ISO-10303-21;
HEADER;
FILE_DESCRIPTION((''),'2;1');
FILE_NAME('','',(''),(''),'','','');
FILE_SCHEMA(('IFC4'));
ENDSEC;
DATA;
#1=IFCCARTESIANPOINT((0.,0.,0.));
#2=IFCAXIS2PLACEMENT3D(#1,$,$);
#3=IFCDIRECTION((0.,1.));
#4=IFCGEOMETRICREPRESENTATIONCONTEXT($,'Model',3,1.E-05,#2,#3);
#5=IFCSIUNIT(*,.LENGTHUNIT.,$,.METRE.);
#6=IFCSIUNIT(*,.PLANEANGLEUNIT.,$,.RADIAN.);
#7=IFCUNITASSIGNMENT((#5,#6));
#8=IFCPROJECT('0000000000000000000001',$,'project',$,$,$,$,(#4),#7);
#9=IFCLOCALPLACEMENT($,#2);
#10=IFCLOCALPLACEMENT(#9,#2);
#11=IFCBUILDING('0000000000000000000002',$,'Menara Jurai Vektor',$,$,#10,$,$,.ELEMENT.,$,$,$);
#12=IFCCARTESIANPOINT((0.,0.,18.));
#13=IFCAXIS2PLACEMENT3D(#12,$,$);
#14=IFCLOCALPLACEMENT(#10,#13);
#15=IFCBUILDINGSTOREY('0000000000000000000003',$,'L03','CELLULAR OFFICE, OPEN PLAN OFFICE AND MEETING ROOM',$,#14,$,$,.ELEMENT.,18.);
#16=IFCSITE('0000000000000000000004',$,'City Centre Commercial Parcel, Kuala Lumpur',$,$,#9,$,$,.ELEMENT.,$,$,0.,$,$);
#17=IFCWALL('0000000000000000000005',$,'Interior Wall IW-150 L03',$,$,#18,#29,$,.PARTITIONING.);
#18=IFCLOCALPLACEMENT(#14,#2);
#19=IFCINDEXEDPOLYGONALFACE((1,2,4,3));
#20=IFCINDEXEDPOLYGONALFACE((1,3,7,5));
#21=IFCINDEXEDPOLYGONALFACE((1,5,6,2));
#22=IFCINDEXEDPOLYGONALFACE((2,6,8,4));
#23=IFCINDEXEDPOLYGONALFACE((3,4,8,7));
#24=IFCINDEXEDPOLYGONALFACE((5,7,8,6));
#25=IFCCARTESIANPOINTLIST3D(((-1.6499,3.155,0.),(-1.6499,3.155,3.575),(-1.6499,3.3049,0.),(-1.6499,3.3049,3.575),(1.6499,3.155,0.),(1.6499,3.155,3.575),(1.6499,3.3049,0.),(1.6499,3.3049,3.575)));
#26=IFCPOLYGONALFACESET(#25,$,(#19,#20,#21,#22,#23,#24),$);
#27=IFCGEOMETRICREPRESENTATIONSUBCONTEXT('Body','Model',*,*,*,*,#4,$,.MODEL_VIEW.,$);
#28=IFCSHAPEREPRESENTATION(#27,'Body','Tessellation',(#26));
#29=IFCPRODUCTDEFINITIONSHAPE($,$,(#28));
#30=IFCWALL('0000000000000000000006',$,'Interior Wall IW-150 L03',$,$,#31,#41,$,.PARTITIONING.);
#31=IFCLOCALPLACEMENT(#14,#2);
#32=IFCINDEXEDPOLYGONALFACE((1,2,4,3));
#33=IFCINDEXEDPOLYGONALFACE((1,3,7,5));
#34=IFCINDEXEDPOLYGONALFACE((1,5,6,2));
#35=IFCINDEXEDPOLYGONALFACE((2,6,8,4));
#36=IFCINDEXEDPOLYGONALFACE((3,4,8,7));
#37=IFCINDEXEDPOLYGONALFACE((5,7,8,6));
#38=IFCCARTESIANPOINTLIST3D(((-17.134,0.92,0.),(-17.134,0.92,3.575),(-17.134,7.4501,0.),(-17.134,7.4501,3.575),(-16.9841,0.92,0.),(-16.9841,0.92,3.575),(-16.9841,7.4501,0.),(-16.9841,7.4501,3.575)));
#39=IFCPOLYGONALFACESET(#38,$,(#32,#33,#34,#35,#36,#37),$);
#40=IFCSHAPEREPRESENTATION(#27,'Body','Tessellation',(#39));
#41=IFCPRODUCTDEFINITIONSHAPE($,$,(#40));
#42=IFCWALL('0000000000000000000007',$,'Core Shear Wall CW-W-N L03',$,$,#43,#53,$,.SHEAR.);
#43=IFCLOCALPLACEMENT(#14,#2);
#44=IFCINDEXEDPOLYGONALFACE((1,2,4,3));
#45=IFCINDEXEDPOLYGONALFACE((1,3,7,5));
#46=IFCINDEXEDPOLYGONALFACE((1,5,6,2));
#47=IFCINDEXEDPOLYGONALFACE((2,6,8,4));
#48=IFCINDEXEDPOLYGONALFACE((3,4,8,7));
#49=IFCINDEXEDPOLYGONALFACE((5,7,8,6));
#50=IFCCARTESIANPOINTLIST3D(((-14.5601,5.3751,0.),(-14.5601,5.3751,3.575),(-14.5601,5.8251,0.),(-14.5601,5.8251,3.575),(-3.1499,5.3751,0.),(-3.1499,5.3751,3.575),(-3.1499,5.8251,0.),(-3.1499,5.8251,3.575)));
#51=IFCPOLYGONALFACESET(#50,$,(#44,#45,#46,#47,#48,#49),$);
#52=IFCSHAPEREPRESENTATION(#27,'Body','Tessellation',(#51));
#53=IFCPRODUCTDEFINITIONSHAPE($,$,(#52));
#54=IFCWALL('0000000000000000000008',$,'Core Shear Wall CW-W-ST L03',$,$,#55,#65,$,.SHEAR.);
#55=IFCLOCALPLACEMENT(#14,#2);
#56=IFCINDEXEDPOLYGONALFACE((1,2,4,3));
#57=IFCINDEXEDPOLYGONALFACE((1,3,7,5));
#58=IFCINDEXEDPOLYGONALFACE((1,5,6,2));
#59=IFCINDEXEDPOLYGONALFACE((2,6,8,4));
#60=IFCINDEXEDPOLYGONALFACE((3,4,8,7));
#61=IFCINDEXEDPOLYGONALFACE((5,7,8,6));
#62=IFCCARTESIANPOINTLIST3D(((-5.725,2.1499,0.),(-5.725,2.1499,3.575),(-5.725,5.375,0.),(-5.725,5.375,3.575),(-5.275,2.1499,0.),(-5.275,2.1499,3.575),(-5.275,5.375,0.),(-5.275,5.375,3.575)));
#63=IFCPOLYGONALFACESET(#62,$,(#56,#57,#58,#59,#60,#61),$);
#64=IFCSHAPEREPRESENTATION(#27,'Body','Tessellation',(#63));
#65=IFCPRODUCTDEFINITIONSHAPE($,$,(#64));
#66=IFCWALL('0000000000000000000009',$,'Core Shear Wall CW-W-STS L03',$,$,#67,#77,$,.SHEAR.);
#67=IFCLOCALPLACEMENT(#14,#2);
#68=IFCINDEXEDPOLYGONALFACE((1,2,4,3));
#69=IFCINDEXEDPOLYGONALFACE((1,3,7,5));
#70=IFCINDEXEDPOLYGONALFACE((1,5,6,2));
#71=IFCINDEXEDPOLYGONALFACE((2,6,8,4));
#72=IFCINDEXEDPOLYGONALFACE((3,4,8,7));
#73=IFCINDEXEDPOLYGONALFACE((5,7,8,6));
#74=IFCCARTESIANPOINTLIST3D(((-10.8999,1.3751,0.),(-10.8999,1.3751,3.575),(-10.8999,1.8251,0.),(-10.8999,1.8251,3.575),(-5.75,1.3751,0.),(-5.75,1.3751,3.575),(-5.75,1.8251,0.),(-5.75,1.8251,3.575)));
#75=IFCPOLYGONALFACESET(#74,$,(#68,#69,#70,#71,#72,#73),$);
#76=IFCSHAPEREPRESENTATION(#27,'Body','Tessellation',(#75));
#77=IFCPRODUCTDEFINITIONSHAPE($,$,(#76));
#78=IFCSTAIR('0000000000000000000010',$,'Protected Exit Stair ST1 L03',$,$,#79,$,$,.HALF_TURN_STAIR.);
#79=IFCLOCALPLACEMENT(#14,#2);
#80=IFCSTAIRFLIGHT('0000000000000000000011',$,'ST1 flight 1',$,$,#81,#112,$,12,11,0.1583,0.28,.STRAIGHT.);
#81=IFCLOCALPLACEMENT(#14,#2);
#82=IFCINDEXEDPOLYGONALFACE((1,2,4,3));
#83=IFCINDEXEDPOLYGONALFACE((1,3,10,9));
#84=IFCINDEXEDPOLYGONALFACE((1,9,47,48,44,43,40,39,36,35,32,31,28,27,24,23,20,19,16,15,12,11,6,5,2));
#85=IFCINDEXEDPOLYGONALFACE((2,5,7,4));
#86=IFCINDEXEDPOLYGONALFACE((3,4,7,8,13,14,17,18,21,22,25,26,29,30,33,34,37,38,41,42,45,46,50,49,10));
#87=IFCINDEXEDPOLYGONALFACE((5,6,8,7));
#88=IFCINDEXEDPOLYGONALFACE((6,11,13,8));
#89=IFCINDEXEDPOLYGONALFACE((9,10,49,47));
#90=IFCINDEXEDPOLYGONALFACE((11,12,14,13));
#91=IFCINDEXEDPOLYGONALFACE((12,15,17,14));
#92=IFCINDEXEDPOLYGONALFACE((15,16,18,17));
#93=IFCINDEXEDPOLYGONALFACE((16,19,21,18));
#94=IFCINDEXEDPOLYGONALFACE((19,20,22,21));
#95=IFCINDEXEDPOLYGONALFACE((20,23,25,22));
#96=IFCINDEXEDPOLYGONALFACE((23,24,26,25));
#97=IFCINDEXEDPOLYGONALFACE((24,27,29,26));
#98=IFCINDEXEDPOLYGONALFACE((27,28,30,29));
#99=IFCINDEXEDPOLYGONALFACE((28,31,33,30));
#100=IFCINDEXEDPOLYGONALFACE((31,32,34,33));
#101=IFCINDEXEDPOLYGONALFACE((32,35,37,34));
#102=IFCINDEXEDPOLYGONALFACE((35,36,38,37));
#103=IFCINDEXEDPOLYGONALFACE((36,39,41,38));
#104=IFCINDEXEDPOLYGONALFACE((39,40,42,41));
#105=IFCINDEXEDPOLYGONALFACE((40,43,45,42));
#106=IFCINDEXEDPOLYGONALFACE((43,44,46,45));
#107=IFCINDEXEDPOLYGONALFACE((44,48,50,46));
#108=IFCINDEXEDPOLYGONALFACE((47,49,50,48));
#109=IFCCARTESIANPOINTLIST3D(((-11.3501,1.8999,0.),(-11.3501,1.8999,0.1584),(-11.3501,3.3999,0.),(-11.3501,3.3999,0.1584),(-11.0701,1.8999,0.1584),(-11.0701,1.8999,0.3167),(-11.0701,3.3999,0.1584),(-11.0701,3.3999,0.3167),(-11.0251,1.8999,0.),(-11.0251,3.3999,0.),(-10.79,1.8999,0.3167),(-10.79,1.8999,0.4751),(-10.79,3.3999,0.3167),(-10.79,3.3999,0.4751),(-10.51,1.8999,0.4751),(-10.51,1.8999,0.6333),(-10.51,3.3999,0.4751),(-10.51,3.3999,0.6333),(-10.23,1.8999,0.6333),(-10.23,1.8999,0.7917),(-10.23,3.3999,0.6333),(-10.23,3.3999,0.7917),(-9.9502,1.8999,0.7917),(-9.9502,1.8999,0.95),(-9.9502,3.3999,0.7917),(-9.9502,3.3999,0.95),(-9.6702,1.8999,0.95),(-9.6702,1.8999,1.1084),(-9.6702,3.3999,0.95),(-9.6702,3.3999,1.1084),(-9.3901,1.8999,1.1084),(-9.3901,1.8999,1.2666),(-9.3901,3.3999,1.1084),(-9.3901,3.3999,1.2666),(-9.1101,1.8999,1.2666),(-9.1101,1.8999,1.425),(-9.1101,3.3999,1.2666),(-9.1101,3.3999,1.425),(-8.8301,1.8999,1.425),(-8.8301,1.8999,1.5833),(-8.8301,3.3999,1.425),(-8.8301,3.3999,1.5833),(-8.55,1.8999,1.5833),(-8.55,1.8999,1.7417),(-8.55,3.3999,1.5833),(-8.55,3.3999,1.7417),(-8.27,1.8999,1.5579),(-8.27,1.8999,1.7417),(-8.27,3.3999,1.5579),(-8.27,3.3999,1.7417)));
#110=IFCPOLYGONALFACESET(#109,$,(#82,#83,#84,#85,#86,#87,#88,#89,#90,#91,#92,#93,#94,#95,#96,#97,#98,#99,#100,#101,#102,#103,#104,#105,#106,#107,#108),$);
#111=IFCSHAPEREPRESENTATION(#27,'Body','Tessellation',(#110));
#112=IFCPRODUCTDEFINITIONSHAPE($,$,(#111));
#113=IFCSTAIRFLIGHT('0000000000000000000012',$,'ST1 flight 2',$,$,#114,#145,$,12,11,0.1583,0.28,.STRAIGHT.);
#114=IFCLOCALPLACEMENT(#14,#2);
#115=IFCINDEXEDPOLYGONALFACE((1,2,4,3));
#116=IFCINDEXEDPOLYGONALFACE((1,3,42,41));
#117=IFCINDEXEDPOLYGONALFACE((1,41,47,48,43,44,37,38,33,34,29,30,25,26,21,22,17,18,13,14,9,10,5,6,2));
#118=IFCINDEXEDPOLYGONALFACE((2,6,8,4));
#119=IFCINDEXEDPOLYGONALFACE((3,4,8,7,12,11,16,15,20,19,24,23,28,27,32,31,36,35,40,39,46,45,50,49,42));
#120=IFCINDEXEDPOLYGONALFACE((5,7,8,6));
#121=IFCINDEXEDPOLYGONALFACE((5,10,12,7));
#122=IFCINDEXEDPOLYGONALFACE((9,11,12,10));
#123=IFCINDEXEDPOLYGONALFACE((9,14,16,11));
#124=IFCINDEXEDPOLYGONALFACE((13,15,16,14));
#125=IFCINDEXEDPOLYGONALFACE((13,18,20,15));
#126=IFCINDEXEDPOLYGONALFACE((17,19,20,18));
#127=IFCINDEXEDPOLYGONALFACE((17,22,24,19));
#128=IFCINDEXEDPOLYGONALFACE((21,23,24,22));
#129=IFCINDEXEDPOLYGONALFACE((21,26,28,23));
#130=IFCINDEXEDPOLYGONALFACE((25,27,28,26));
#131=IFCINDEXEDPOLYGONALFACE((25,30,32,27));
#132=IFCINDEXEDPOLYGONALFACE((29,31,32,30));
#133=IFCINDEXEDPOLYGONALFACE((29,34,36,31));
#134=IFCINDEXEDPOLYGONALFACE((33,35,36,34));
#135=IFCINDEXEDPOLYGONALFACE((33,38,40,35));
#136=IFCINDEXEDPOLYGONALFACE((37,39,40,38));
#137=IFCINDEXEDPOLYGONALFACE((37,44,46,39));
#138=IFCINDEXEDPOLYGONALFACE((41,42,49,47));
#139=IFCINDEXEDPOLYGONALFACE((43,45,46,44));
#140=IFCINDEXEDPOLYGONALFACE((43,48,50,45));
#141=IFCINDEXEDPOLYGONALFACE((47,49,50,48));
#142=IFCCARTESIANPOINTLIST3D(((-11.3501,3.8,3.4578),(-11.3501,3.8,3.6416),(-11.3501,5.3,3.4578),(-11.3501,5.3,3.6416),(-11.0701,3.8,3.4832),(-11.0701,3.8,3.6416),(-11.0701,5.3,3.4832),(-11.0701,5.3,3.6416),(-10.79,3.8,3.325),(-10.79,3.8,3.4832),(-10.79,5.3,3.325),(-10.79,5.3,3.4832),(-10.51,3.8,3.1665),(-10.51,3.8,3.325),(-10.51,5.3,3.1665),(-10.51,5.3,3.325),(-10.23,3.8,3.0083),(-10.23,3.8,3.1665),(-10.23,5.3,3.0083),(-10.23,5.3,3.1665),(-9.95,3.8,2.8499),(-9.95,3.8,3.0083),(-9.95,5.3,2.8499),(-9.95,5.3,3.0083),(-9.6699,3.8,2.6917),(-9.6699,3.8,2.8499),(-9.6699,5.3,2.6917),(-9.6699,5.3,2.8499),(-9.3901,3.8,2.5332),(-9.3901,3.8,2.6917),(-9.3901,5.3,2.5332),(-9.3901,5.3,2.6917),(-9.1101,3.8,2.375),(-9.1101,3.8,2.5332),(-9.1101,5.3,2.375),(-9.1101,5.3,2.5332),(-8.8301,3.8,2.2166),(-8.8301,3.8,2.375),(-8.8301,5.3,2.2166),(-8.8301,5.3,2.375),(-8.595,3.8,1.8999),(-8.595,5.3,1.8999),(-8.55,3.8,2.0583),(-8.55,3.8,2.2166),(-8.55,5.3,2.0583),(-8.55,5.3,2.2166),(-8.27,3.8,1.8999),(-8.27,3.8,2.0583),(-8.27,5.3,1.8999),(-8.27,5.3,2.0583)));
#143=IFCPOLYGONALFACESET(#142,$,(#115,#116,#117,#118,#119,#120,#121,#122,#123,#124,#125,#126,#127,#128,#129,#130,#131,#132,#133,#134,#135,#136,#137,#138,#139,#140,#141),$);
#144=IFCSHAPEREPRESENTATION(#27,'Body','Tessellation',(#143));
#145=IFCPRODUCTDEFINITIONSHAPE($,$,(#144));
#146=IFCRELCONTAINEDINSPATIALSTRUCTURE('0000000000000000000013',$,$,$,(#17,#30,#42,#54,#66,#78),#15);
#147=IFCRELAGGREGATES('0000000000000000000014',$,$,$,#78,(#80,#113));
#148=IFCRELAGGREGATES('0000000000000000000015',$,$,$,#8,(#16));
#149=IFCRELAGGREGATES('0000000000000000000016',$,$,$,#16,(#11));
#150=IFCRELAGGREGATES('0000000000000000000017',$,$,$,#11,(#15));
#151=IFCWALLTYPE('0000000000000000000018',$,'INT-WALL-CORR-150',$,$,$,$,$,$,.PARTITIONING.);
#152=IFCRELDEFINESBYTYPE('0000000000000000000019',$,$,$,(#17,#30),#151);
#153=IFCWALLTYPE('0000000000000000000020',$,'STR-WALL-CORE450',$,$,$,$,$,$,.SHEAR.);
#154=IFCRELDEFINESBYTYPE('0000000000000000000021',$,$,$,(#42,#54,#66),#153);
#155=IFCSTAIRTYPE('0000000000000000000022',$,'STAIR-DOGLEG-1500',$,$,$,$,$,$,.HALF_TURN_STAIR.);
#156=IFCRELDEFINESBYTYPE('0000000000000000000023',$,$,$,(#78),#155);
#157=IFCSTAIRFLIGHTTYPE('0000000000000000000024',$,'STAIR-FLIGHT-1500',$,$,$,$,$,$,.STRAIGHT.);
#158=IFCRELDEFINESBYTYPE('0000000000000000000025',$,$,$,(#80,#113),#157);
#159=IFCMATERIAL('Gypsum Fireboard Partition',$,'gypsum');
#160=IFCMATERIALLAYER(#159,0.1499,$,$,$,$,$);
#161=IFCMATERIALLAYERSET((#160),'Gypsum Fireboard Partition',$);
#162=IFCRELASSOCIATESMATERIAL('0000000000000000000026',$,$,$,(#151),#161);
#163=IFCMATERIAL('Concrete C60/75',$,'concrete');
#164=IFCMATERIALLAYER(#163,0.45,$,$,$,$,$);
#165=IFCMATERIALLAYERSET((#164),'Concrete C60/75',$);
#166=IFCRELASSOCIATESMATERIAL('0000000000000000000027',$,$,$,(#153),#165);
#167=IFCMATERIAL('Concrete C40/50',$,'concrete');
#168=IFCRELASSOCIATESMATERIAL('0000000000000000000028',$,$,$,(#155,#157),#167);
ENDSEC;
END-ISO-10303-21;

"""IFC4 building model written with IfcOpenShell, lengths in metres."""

from ifc_helpers import new_model, si_unit, direction, frame, frame_2d, origin, place, context, subcontext, project, spatial, polyline, rectangle, outline, extrude, material, layer, layer_set, type_object, element, aggregate, save


model = new_model("IFC4")

# Units and contexts
model_context = context("Model", 3, precision=1e-05, world=origin(), true_north=direction((0.0, 1.0)))
body_context = subcontext(model_context, "Body", "Model", "MODEL_VIEW")
ifc_project = project(units=[si_unit("LENGTHUNIT", "METRE"), si_unit("PLANEANGLEUNIT", "RADIAN")], contexts=[model_context])

# Site, building, storey
site_placement = place(None, origin())
site = spatial("IfcSite", under=ifc_project, at=site_placement, Name="City Centre Commercial Parcel, Kuala Lumpur", CompositionType="ELEMENT", RefElevation=0.0)
building_placement = place(site_placement, origin())
building = spatial("IfcBuilding", under=site, at=building_placement, Name="Menara Jurai Vektor", CompositionType="ELEMENT")
storey_placement = place(building_placement, frame((0.0, 0.0, 18.0)))
storey = spatial("IfcBuildingStorey", under=building, at=storey_placement, Name="L03", Description="CELLULAR OFFICE, OPEN PLAN OFFICE AND MEETING ROOM", CompositionType="ELEMENT", Elevation=18.0)

# Shared definitions
ifc_material_1 = material(Name="Concrete C60/75", Category="concrete")

# Shared definitions
ifc_material_2 = material(Name="Concrete C40/50", Category="concrete")

# Wall
ifc_material_3 = material(Name="Gypsum Fireboard Partition", Category="gypsum")
ifc_layer_1 = layer(ifc_material_3, 0.1499)
ifc_layer_set_1 = layer_set([ifc_layer_1], Name="Gypsum Fireboard Partition")
wall_type_1 = type_object("IfcWallType", Name="INT-WALL-CORR-150", PredefinedType="PARTITIONING", material=ifc_layer_set_1)
wall_1_placement = place(storey_placement, frame((-1.6499, 3.23, 0.0), z_axis=(0.0, 0.0, 1.0), x_axis=(1.0, 0.0, 0.0)))
element("IfcWall", 1, at=wall_1_placement, inside=storey, type_object=wall_type_1, Name="Interior Wall IW-150 L03", PredefinedType="PARTITIONING", context=body_context, shape_type="SweptSolid", body=[
    extrude(rectangle(XDim=3.2998, YDim=0.1499, at=frame_2d((1.6499, 0.0))), origin(), (0.0, 0.0, 1.0), 3.575),
])

# Walls
wall_2_placement = place(storey_placement, frame((-17.0591, 0.9199, 0.0), z_axis=(0.0, 0.0, 1.0), x_axis=(0.0, 1.0, 0.0)))
element("IfcWall", 2, at=wall_2_placement, inside=storey, type_object=wall_type_1, Name="Interior Wall IW-150 L03", PredefinedType="PARTITIONING", context=body_context, shape_type="SweptSolid", body=[
    extrude(rectangle(XDim=6.53, YDim=0.1499, at=frame_2d((3.2651, 0.0))), origin(), (0.0, 0.0, 1.0), 3.575),
])
ifc_layer_2 = layer(ifc_material_1, 0.45)
ifc_layer_set_2 = layer_set([ifc_layer_2], Name="Concrete C60/75")
wall_type_2 = type_object("IfcWallType", Name="STR-WALL-CORE450", PredefinedType="SHEAR", material=ifc_layer_set_2)
wall_3_placement = place(storey_placement, frame((-14.5601, 5.6001, 0.0), z_axis=(0.0, 0.0, 1.0), x_axis=(1.0, 0.0, 0.0)))
element("IfcWall", 3, at=wall_3_placement, inside=storey, type_object=wall_type_2, Name="Core Shear Wall CW-W-N L03", PredefinedType="SHEAR", context=body_context, shape_type="SweptSolid", body=[
    extrude(rectangle(XDim=11.4102, YDim=0.45, at=frame_2d((5.7051, 0.0))), origin(), (0.0, 0.0, 1.0), 3.575),
])
wall_4_placement = place(storey_placement, frame((-5.5, 2.1499, 0.0), z_axis=(0.0, 0.0, 1.0), x_axis=(0.0, 1.0, 0.0)))
element("IfcWall", 4, at=wall_4_placement, inside=storey, type_object=wall_type_2, Name="Core Shear Wall CW-W-ST L03", PredefinedType="SHEAR", context=body_context, shape_type="SweptSolid", body=[
    extrude(rectangle(XDim=3.2251, YDim=0.45, at=frame_2d((1.6125, 0.0))), origin(), (0.0, 0.0, 1.0), 3.575),
])
wall_5_placement = place(storey_placement, frame((-10.8999, 1.6001, 0.0), z_axis=(0.0, 0.0, 1.0), x_axis=(1.0, 0.0, 0.0)))
element("IfcWall", 5, at=wall_5_placement, inside=storey, type_object=wall_type_2, Name="Core Shear Wall CW-W-STS L03", PredefinedType="SHEAR", context=body_context, shape_type="SweptSolid", body=[
    extrude(rectangle(XDim=5.1499, YDim=0.45, at=frame_2d((2.575, 0.0))), origin(), (0.0, 0.0, 1.0), 3.575),
])

# Stair, stair flights
stair_type = type_object("IfcStairType", Name="STAIR-DOGLEG-1500", PredefinedType="HALF_TURN_STAIR", material=ifc_material_2)
stair_placement = place(storey_placement, origin())
stair = element("IfcStair", 6, at=stair_placement, inside=storey, type_object=stair_type, Name="Protected Exit Stair ST1 L03", PredefinedType="HALF_TURN_STAIR")
stair_flight_type = type_object("IfcStairFlightType", Name="STAIR-FLIGHT-1500", PredefinedType="STRAIGHT", material=ifc_material_2)
stair_flight_1_placement = place(storey_placement, frame((-11.3501, 2.6499, 0.0), z_axis=(0.0, 0.0, 1.0), x_axis=(1.0, 0.0, 0.0)))
stair_flight_1 = element("IfcStairFlight", 7, at=stair_flight_1_placement, type_object=stair_flight_type, Name="ST1 flight 1", NumberOfRisers=12, NumberOfTreads=11, PredefinedType="STRAIGHT", RiserHeight=0.1583, TreadLength=0.28, context=body_context, shape_type="SweptSolid", body=[
    extrude(outline(polyline([(0.0, 0.0), (0.0, 0.1584), (0.28, 0.1584), (0.28, 0.3167), (0.5601, 0.3167), (0.5601, 0.4751), (0.8401, 0.4751), (0.8401, 0.6333), (1.1201, 0.6333), (1.1201, 0.7917), (1.3999, 0.7917), (1.3999, 0.95), (1.6799, 0.95), (1.6799, 1.1084), (1.96, 1.1084), (1.96, 1.2666), (2.24, 1.2666), (2.24, 1.425), (2.52, 1.425), (2.52, 1.5833), (2.8, 1.5833), (2.8, 1.7417), (3.0801, 1.7417), (3.0801, 1.8999), (3.0801, 1.5579), (0.325, 0.0), (0.0, 0.0)])), frame((0.0, 0.75, 0.0), z_axis=(0.0, -1.0, 0.0), x_axis=(1.0, 0.0, 0.0)), (0.0, 0.0, 1.0), 1.5),
])
stair_flight_2_placement = place(storey_placement, frame((-8.27, 4.55, 1.8999), z_axis=(0.0, 0.0, 1.0), x_axis=(-1.0, 0.0, 0.0)))
stair_flight_2 = element("IfcStairFlight", 8, at=stair_flight_2_placement, type_object=stair_flight_type, Name="ST1 flight 2", NumberOfRisers=12, NumberOfTreads=11, PredefinedType="STRAIGHT", RiserHeight=0.1583, TreadLength=0.28, context=body_context, shape_type="SweptSolid", body=[
    extrude(outline(polyline([(0.0, 0.0), (0.0, 0.1584), (0.28, 0.1584), (0.28, 0.3167), (0.5601, 0.3167), (0.5601, 0.4751), (0.8401, 0.4751), (0.8401, 0.6333), (1.1201, 0.6333), (1.1201, 0.7917), (1.3999, 0.7917), (1.3999, 0.95), (1.6799, 0.95), (1.6799, 1.1084), (1.96, 1.1084), (1.96, 1.2666), (2.24, 1.2666), (2.24, 1.425), (2.52, 1.425), (2.52, 1.5833), (2.8, 1.5833), (2.8, 1.7417), (3.0801, 1.7417), (3.0801, 1.8999), (3.0801, 1.5579), (0.325, 0.0), (0.0, 0.0)])), frame((0.0, 0.75, 0.0), z_axis=(0.0, -1.0, 0.0), x_axis=(1.0, 0.0, 0.0)), (0.0, 0.0, 1.0), 1.5),
])
aggregate(stair, [stair_flight_1, stair_flight_2])

save(model, "model.ifc")
